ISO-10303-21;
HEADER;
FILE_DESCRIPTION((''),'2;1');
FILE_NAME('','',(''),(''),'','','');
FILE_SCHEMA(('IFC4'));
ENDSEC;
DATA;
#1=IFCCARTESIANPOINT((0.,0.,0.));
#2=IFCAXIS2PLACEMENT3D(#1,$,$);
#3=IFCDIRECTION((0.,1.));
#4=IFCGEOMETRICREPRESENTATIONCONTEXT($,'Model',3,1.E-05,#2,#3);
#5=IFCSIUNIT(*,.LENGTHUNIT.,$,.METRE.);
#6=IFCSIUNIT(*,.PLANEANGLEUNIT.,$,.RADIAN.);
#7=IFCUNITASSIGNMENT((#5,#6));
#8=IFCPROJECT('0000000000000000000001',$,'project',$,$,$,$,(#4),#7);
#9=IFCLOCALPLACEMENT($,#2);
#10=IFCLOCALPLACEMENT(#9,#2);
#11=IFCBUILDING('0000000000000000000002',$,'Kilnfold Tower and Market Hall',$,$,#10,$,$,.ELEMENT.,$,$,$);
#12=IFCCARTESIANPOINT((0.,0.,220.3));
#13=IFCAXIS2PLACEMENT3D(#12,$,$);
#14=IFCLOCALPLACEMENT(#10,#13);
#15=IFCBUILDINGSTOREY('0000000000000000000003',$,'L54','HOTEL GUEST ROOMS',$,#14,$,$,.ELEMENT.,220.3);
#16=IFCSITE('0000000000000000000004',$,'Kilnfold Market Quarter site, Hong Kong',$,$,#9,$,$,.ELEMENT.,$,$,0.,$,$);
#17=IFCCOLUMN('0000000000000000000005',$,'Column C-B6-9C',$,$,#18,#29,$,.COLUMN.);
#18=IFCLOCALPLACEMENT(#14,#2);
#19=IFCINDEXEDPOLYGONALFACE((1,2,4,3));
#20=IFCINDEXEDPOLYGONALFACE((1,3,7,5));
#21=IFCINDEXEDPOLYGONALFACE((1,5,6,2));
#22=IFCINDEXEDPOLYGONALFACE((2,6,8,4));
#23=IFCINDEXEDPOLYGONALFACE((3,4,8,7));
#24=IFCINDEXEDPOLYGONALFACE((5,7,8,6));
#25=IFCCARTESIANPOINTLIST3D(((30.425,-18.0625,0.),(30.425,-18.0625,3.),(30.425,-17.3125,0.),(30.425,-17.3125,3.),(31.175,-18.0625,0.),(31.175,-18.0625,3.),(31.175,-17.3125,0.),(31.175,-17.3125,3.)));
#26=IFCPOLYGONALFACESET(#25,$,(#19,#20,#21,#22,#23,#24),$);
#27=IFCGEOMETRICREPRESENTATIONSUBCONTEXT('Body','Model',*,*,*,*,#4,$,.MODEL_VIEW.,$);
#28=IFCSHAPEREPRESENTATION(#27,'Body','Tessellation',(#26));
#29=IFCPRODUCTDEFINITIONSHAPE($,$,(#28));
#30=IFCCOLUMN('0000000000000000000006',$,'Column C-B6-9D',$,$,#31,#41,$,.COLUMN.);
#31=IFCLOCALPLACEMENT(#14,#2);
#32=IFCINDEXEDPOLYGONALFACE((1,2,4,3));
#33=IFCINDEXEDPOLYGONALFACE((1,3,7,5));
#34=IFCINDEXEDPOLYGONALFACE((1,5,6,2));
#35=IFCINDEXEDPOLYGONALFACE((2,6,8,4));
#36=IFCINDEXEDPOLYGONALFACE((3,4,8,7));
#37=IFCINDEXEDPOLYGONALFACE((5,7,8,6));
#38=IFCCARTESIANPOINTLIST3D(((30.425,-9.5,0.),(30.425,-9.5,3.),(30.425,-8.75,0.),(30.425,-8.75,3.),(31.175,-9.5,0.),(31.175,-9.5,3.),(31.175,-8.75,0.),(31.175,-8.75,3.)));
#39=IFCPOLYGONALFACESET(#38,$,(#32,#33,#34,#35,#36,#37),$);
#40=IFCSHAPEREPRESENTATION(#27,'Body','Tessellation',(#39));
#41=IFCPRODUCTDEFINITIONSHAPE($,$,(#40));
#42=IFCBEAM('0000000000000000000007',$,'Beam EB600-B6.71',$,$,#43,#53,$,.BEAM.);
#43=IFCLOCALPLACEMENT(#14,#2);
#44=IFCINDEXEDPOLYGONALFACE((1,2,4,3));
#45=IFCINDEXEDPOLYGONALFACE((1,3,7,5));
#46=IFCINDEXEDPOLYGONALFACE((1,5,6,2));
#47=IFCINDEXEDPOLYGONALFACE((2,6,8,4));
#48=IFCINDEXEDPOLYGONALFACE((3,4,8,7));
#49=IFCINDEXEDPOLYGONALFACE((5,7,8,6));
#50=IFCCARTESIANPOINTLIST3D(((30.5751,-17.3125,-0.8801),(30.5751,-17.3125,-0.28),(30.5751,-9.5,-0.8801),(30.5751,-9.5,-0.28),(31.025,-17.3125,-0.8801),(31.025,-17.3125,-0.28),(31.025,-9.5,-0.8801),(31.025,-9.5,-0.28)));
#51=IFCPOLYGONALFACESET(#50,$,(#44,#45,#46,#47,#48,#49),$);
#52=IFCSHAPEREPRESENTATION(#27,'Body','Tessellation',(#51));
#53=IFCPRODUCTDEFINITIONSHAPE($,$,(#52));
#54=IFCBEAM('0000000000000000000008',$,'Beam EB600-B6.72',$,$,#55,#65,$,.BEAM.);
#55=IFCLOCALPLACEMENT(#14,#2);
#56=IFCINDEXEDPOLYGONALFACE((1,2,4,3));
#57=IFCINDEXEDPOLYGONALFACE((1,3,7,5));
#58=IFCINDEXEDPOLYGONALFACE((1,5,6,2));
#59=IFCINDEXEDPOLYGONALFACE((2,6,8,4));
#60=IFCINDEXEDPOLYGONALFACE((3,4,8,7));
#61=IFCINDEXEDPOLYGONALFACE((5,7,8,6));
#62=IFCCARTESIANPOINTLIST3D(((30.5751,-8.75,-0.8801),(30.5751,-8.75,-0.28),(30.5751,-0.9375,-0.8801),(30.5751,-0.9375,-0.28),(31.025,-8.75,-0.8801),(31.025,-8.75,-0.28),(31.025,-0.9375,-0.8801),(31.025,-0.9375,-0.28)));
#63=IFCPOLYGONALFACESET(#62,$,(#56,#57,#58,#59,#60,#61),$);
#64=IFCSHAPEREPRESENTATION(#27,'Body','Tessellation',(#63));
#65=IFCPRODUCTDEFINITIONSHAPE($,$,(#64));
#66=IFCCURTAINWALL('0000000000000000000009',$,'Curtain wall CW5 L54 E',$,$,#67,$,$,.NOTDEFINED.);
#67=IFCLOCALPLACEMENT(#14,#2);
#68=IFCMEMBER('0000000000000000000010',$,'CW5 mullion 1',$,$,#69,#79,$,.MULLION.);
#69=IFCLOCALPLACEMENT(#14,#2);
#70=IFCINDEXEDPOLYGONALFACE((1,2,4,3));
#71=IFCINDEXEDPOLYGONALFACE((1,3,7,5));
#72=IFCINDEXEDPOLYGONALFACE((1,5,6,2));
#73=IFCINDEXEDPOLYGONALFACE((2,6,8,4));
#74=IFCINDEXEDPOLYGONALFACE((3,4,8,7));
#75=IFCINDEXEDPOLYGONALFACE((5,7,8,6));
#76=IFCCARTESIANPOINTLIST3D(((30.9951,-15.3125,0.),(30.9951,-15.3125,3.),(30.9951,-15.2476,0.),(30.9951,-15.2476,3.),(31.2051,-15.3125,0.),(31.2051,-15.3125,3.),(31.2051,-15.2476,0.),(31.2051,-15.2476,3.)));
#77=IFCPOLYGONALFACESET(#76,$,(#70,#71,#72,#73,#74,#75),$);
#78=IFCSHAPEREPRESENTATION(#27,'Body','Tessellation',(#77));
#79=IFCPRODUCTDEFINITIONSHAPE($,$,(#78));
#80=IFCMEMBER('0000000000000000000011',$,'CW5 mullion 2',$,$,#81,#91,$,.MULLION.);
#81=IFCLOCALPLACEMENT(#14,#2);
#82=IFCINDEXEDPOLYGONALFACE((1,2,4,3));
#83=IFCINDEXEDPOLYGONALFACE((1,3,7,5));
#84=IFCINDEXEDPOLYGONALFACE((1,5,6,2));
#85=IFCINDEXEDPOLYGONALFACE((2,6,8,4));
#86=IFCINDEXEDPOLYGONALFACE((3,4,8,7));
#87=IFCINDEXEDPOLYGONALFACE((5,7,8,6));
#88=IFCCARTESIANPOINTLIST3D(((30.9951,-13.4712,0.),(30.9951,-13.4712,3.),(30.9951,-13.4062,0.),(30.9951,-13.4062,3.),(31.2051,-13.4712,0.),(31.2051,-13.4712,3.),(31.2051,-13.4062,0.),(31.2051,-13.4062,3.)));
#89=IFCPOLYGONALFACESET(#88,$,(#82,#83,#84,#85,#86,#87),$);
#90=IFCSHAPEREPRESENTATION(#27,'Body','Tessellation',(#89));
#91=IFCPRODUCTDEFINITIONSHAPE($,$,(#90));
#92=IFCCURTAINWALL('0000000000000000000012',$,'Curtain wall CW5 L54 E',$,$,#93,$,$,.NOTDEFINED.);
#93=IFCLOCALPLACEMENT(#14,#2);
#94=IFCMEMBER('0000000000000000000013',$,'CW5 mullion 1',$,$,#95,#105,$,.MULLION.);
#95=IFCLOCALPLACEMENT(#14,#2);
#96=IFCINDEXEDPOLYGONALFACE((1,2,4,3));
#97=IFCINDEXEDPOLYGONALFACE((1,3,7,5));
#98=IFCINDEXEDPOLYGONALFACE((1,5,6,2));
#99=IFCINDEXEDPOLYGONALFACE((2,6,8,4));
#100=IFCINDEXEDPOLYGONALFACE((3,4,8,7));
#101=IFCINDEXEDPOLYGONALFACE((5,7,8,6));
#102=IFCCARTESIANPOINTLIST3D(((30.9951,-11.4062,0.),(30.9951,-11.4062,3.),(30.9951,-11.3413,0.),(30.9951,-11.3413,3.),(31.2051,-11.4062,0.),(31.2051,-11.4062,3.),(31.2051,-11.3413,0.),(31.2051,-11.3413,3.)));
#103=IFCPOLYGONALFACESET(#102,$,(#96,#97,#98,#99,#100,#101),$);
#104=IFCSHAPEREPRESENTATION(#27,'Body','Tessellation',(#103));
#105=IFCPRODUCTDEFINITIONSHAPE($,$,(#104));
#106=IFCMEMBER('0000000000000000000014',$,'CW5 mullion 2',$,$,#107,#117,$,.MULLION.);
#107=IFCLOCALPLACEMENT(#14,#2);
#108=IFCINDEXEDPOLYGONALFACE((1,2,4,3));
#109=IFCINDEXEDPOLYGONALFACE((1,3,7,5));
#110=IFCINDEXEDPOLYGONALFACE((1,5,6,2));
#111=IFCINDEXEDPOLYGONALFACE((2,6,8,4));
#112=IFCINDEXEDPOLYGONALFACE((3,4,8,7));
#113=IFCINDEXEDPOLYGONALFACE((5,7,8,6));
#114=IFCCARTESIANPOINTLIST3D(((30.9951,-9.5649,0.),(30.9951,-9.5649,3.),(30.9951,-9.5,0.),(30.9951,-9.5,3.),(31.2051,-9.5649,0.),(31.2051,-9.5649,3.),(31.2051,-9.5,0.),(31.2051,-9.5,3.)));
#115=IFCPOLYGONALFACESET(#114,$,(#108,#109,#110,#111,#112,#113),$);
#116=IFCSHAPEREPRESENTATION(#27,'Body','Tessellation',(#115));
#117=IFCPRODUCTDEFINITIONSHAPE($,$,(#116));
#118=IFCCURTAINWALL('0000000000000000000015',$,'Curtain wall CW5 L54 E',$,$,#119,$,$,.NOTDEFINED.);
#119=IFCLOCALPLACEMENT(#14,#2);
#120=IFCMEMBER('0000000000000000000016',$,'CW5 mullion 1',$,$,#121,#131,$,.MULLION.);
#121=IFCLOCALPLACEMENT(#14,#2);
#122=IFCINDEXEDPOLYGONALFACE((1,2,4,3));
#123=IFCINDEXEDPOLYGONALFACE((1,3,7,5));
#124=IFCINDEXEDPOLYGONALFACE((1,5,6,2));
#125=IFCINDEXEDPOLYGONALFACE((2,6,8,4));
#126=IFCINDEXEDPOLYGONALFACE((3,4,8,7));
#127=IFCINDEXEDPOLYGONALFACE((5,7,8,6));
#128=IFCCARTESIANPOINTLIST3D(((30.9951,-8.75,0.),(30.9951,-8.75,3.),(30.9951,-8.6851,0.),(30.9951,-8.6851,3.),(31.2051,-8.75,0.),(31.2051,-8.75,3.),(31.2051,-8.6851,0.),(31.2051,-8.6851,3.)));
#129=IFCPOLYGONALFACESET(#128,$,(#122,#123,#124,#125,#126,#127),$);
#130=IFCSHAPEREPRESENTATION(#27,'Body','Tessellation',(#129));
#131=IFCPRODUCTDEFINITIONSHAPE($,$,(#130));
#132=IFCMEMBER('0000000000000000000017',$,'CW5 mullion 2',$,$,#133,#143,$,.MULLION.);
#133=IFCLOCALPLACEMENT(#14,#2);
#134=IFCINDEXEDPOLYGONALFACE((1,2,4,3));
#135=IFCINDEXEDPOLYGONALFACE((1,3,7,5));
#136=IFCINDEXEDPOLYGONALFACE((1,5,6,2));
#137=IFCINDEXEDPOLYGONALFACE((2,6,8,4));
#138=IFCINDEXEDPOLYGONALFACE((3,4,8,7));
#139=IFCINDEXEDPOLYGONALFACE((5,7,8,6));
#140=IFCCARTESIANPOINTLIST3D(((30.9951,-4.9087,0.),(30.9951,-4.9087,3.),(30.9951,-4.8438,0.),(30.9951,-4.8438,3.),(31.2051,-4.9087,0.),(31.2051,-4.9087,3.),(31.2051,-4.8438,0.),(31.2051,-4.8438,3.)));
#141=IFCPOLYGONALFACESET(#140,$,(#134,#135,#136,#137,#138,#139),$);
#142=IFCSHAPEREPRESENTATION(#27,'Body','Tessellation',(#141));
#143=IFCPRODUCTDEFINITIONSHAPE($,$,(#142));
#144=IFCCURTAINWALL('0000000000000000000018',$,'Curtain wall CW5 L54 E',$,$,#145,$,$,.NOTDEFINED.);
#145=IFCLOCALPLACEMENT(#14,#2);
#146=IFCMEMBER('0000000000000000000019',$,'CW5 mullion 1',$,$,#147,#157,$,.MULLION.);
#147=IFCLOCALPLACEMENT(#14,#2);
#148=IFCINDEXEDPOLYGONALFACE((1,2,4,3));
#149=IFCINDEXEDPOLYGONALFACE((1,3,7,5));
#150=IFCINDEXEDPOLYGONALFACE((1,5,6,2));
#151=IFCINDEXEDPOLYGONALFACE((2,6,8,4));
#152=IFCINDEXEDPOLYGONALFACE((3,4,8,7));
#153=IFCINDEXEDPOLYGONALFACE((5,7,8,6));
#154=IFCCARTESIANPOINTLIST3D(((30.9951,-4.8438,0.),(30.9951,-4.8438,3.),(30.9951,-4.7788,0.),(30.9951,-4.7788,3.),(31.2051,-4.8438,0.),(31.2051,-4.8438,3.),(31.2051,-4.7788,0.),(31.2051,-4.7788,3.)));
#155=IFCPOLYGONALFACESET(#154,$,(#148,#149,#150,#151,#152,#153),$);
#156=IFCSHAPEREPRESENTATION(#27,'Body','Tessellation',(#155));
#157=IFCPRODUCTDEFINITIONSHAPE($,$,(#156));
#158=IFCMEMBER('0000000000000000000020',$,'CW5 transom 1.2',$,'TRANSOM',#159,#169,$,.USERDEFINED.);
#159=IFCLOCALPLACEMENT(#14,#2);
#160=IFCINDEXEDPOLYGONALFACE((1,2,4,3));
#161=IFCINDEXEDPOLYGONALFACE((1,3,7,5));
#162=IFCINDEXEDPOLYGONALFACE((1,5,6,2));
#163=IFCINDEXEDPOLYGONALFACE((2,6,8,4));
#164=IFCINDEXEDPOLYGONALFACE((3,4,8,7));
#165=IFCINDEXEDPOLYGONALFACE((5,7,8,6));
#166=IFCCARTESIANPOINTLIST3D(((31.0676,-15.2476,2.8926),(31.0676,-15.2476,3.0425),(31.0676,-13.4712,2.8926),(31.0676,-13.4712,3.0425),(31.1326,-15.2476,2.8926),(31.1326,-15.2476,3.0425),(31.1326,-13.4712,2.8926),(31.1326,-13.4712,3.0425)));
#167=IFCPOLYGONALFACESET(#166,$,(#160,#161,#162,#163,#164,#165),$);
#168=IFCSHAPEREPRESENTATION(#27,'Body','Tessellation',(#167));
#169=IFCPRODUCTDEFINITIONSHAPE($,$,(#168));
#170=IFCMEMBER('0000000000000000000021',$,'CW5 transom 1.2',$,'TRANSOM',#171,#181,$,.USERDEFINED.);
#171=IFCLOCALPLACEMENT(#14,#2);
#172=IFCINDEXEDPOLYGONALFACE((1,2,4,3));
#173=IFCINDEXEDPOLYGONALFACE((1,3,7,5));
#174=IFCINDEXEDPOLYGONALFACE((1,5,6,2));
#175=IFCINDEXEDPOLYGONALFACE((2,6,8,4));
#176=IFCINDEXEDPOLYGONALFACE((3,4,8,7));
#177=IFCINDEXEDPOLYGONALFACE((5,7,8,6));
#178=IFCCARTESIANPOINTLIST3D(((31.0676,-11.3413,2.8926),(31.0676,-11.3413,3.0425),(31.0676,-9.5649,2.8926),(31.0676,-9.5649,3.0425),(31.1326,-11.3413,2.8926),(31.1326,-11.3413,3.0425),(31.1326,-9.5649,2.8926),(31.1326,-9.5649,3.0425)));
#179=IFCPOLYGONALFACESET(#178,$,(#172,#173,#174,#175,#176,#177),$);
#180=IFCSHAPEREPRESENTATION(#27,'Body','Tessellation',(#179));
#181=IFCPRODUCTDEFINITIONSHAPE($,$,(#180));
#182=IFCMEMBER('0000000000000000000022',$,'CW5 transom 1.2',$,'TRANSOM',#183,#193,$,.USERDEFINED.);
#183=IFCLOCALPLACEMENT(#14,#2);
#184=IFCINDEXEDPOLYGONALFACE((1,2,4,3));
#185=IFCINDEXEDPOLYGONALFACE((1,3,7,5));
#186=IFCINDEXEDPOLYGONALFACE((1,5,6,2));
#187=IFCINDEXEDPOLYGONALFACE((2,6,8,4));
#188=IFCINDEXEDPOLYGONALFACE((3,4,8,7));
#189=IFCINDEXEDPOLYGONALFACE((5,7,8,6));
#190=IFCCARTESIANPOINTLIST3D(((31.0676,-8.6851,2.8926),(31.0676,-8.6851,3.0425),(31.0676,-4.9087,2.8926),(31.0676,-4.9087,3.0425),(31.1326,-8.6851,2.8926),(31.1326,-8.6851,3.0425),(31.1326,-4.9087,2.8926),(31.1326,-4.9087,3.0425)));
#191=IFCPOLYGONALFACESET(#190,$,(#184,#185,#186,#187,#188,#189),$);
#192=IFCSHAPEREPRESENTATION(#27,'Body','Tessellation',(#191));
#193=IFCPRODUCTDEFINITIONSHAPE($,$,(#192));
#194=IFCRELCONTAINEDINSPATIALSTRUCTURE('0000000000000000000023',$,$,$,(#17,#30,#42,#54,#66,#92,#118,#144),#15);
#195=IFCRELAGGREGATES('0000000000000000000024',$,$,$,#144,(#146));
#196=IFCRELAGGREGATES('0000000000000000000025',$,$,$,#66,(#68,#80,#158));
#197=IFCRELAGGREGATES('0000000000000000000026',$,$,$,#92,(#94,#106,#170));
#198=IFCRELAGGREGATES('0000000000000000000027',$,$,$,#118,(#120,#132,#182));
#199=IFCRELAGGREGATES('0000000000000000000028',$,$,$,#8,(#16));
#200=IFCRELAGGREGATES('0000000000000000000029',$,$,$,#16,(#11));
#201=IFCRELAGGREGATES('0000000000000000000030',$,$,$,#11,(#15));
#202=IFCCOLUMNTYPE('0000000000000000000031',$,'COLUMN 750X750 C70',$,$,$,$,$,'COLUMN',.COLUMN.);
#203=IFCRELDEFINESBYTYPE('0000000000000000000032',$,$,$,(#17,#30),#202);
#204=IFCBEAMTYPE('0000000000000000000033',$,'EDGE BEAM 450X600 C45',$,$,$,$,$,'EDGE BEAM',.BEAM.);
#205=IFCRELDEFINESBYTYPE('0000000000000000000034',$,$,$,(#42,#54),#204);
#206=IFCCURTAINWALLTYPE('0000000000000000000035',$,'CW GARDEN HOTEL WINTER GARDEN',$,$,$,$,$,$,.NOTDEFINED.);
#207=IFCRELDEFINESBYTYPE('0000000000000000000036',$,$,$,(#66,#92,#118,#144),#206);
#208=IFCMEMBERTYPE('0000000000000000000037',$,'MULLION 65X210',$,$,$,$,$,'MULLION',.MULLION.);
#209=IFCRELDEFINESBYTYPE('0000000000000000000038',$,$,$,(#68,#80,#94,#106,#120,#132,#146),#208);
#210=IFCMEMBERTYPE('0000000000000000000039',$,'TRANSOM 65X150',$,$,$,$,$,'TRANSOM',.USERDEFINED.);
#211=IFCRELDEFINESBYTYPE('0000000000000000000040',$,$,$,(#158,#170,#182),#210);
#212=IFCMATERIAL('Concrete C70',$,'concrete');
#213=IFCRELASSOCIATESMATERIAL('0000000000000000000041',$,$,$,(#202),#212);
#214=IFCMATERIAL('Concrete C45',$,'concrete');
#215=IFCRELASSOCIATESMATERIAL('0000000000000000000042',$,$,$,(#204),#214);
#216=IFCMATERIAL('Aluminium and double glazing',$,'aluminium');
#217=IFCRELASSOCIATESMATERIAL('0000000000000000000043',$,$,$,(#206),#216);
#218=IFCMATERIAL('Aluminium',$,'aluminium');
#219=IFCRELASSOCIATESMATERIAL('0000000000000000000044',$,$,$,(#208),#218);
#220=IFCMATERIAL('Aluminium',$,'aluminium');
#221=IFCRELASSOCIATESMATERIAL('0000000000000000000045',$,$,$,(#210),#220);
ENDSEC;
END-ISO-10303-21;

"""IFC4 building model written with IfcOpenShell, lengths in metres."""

from ifc_helpers import new_model, si_unit, direction, frame, origin, origin_2d, place, context, subcontext, project, spatial, rectangle, extrude, source, transform, mapped, material, material_profile, profile_set, type_object, element, aggregate, save


model = new_model("IFC4")

# Units and contexts
model_context = context("Model", 3, precision=1e-05, world=origin(), true_north=direction((0.0, 1.0)))
body_context = subcontext(model_context, "Body", "Model", "MODEL_VIEW")
ifc_project = project(units=[si_unit("LENGTHUNIT", "METRE"), si_unit("PLANEANGLEUNIT", "RADIAN")], contexts=[model_context])

# Site, building, storey
site_placement = place(None, origin())
site = spatial("IfcSite", under=ifc_project, at=site_placement, Name="Kilnfold Market Quarter site, Hong Kong", CompositionType="ELEMENT", RefElevation=0.0)
building_placement = place(site_placement, origin())
building = spatial("IfcBuilding", under=site, at=building_placement, Name="Kilnfold Tower and Market Hall", CompositionType="ELEMENT")
storey_placement = place(building_placement, frame((0.0, 0.0, 220.3)))
storey = spatial("IfcBuildingStorey", under=building, at=storey_placement, Name="L54", Description="HOTEL GUEST ROOMS", CompositionType="ELEMENT", Elevation=220.3)

# Columns
ifc_material_1 = material(Name="Concrete C70", Category="concrete")
ifc_material_profile_1 = material_profile(ifc_material_1, rectangle(XDim=0.75, YDim=0.75, at=origin_2d()), Name="RC 750x750")
ifc_profile_set_1 = profile_set([ifc_material_profile_1], Name="Concrete C70")
column_type = type_object("IfcColumnType", Name="COLUMN 750X750 C70", ElementType="COLUMN", PredefinedType="COLUMN", material=ifc_profile_set_1)
shared_shape_1 = source(origin(), body_context, "Body", "SweptSolid", [
    extrude(rectangle(XDim=0.75, YDim=0.75, at=origin_2d()), origin(), (0.0, 0.0, 1.0), 3.0),
])
for number, where, z_axis, x_axis, name in (
    (1, (30.8, -17.6875, 0.0), (0.0, 0.0, 1.0), (1.0, 0.0, 0.0), "Column C-B6-9C"),
    (2, (30.8, -9.125, 0.0), (0.0, 0.0, 1.0), (1.0, 0.0, 0.0), "Column C-B6-9D"),
):
    element("IfcColumn", number, at=place(storey_placement, frame(where, z_axis=z_axis, x_axis=x_axis)), inside=storey, type_object=column_type, Name=name, PredefinedType="COLUMN", context=body_context, shape_type="MappedRepresentation", body=[
        mapped(shared_shape_1, transform((0.0, 0.0, 0.0))),
    ])

# Beams
ifc_material_2 = material(Name="Concrete C45", Category="concrete")
ifc_material_profile_2 = material_profile(ifc_material_2, rectangle(XDim=0.45, YDim=0.6001, at=origin_2d()), Name="RC 450x600")
ifc_profile_set_2 = profile_set([ifc_material_profile_2], Name="Concrete C45")
beam_type = type_object("IfcBeamType", Name="EDGE BEAM 450X600 C45", ElementType="EDGE BEAM", PredefinedType="BEAM", material=ifc_profile_set_2)
shared_shape_2 = source(origin(), body_context, "Body", "SweptSolid", [
    extrude(rectangle(XDim=0.45, YDim=0.6001, at=origin_2d()), origin(), (0.0, 0.0, 1.0), 7.8125),
])
for number, where, z_axis, x_axis, name in (
    (3, (30.8, -17.3125, -0.5801), (0.0, 1.0, 0.0), (-1.0, 0.0, 0.0), "Beam EB600-B6.71"),
    (4, (30.8, -8.75, -0.5801), (0.0, 1.0, 0.0), (-1.0, 0.0, 0.0), "Beam EB600-B6.72"),
):
    element("IfcBeam", number, at=place(storey_placement, frame(where, z_axis=z_axis, x_axis=x_axis)), inside=storey, type_object=beam_type, Name=name, PredefinedType="BEAM", context=body_context, shape_type="MappedRepresentation", body=[
        mapped(shared_shape_2, transform((0.0, 0.0, 0.0))),
    ])

# Curtain walls, members
ifc_material_3 = material(Name="Aluminium and double glazing", Category="aluminium")
curtain_wall_type = type_object("IfcCurtainWallType", Name="CW GARDEN HOTEL WINTER GARDEN", PredefinedType="NOTDEFINED", material=ifc_material_3)
curtain_wall_1_placement = place(storey_placement, origin())
curtain_wall_1 = element("IfcCurtainWall", 5, at=curtain_wall_1_placement, inside=storey, type_object=curtain_wall_type, Name="Curtain wall CW5 L54 E", PredefinedType="NOTDEFINED")
ifc_material_4 = material(Name="Aluminium", Category="aluminium")
ifc_material_profile_3 = material_profile(ifc_material_4, rectangle(XDim=0.0649, YDim=0.21, at=origin_2d()), Name="MULLION 65x210")
ifc_profile_set_3 = profile_set([ifc_material_profile_3], Name="Aluminium")
member_type_1 = type_object("IfcMemberType", Name="MULLION 65X210", ElementType="MULLION", PredefinedType="MULLION", material=ifc_profile_set_3)
shared_shape_3 = source(origin(), body_context, "Body", "SweptSolid", [
    extrude(rectangle(XDim=0.0649, YDim=0.21, at=origin_2d()), origin(), (0.0, 0.0, 1.0), 3.0),
])
member_1_placement = place(storey_placement, frame((31.1001, -15.28, 0.0), z_axis=(0.0, 0.0, 1.0), x_axis=(0.0, 1.0, 0.0)))
member_1 = element("IfcMember", 6, at=member_1_placement, type_object=member_type_1, Name="CW5 mullion 1", PredefinedType="MULLION", context=body_context, shape_type="MappedRepresentation", body=[
    mapped(shared_shape_3, transform((0.0, 0.0, 0.0))),
])
member_2_placement = place(storey_placement, frame((31.1001, -13.4387, 0.0), z_axis=(0.0, 0.0, 1.0), x_axis=(0.0, 1.0, 0.0)))
member_2 = element("IfcMember", 7, at=member_2_placement, type_object=member_type_1, Name="CW5 mullion 2", PredefinedType="MULLION", context=body_context, shape_type="MappedRepresentation", body=[
    mapped(shared_shape_3, transform((0.0, 0.0, 0.0))),
])
curtain_wall_2_placement = place(storey_placement, origin())
curtain_wall_2 = element("IfcCurtainWall", 8, at=curtain_wall_2_placement, inside=storey, type_object=curtain_wall_type, Name="Curtain wall CW5 L54 E", PredefinedType="NOTDEFINED")
member_3_placement = place(storey_placement, frame((31.1001, -11.3738, 0.0), z_axis=(0.0, 0.0, 1.0), x_axis=(0.0, 1.0, 0.0)))
member_3 = element("IfcMember", 9, at=member_3_placement, type_object=member_type_1, Name="CW5 mullion 1", PredefinedType="MULLION", context=body_context, shape_type="MappedRepresentation", body=[
    mapped(shared_shape_3, transform((0.0, 0.0, 0.0))),
])
member_4_placement = place(storey_placement, frame((31.1001, -9.5325, 0.0), z_axis=(0.0, 0.0, 1.0), x_axis=(0.0, 1.0, 0.0)))
member_4 = element("IfcMember", 10, at=member_4_placement, type_object=member_type_1, Name="CW5 mullion 2", PredefinedType="MULLION", context=body_context, shape_type="MappedRepresentation", body=[
    mapped(shared_shape_3, transform((0.0, 0.0, 0.0))),
])
curtain_wall_3_placement = place(storey_placement, origin())
curtain_wall_3 = element("IfcCurtainWall", 11, at=curtain_wall_3_placement, inside=storey, type_object=curtain_wall_type, Name="Curtain wall CW5 L54 E", PredefinedType="NOTDEFINED")
member_5_placement = place(storey_placement, frame((31.1001, -8.7175, 0.0), z_axis=(0.0, 0.0, 1.0), x_axis=(0.0, 1.0, 0.0)))
member_5 = element("IfcMember", 12, at=member_5_placement, type_object=member_type_1, Name="CW5 mullion 1", PredefinedType="MULLION", context=body_context, shape_type="MappedRepresentation", body=[
    mapped(shared_shape_3, transform((0.0, 0.0, 0.0))),
])
member_6_placement = place(storey_placement, frame((31.1001, -4.8762, 0.0), z_axis=(0.0, 0.0, 1.0), x_axis=(0.0, 1.0, 0.0)))
member_6 = element("IfcMember", 13, at=member_6_placement, type_object=member_type_1, Name="CW5 mullion 2", PredefinedType="MULLION", context=body_context, shape_type="MappedRepresentation", body=[
    mapped(shared_shape_3, transform((0.0, 0.0, 0.0))),
])

# Curtain wall, member
curtain_wall_4_placement = place(storey_placement, origin())
curtain_wall_4 = element("IfcCurtainWall", 14, at=curtain_wall_4_placement, inside=storey, type_object=curtain_wall_type, Name="Curtain wall CW5 L54 E", PredefinedType="NOTDEFINED")
member_7_placement = place(storey_placement, frame((31.1001, -4.8113, 0.0), z_axis=(0.0, 0.0, 1.0), x_axis=(0.0, 1.0, 0.0)))
member_7 = element("IfcMember", 15, at=member_7_placement, type_object=member_type_1, Name="CW5 mullion 1", PredefinedType="MULLION", context=body_context, shape_type="MappedRepresentation", body=[
    mapped(shared_shape_3, transform((0.0, 0.0, 0.0))),
])

# Members
ifc_material_5 = material(Name="Aluminium", Category="aluminium")
ifc_material_profile_4 = material_profile(ifc_material_5, rectangle(XDim=0.0649, YDim=0.1499, at=origin_2d()), Name="TRANSOM 65x150")
ifc_profile_set_4 = profile_set([ifc_material_profile_4], Name="Aluminium")
member_type_2 = type_object("IfcMemberType", Name="TRANSOM 65X150", ElementType="TRANSOM", PredefinedType="USERDEFINED", material=ifc_profile_set_4)
shared_shape_4 = source(origin(), body_context, "Body", "SweptSolid", [
    extrude(rectangle(XDim=0.0649, YDim=0.1499, at=origin_2d()), origin(), (0.0, 0.0, 1.0), 1.7764),
])
member_8_placement = place(storey_placement, frame((31.1001, -15.2476, 2.9675), z_axis=(0.0, 1.0, 0.0), x_axis=(-1.0, 0.0, 0.0)))
member_8 = element("IfcMember", 16, at=member_8_placement, type_object=member_type_2, Name="CW5 transom 1.2", ObjectType="TRANSOM", PredefinedType="USERDEFINED", context=body_context, shape_type="MappedRepresentation", body=[
    mapped(shared_shape_4, transform((0.0, 0.0, 0.0))),
])
member_9_placement = place(storey_placement, frame((31.1001, -11.3413, 2.9675), z_axis=(0.0, 1.0, 0.0), x_axis=(-1.0, 0.0, 0.0)))
member_9 = element("IfcMember", 17, at=member_9_placement, type_object=member_type_2, Name="CW5 transom 1.2", ObjectType="TRANSOM", PredefinedType="USERDEFINED", context=body_context, shape_type="MappedRepresentation", body=[
    mapped(shared_shape_4, transform((0.0, 0.0, 0.0))),
])
shared_shape_5 = source(origin(), body_context, "Body", "SweptSolid", [
    extrude(rectangle(XDim=0.0649, YDim=0.1499, at=origin_2d()), origin(), (0.0, 0.0, 1.0), 3.7764),
])
member_10_placement = place(storey_placement, frame((31.1001, -8.6851, 2.9675), z_axis=(0.0, 1.0, 0.0), x_axis=(-1.0, 0.0, 0.0)))
member_10 = element("IfcMember", 18, at=member_10_placement, type_object=member_type_2, Name="CW5 transom 1.2", ObjectType="TRANSOM", PredefinedType="USERDEFINED", context=body_context, shape_type="MappedRepresentation", body=[
    mapped(shared_shape_5, transform((0.0, 0.0, 0.0))),
])
aggregate(curtain_wall_4, [member_7])

aggregate(curtain_wall_1, [member_1, member_2, member_8])
aggregate(curtain_wall_2, [member_3, member_4, member_9])
aggregate(curtain_wall_3, [member_5, member_6, member_10])

save(model, "model.ifc")
